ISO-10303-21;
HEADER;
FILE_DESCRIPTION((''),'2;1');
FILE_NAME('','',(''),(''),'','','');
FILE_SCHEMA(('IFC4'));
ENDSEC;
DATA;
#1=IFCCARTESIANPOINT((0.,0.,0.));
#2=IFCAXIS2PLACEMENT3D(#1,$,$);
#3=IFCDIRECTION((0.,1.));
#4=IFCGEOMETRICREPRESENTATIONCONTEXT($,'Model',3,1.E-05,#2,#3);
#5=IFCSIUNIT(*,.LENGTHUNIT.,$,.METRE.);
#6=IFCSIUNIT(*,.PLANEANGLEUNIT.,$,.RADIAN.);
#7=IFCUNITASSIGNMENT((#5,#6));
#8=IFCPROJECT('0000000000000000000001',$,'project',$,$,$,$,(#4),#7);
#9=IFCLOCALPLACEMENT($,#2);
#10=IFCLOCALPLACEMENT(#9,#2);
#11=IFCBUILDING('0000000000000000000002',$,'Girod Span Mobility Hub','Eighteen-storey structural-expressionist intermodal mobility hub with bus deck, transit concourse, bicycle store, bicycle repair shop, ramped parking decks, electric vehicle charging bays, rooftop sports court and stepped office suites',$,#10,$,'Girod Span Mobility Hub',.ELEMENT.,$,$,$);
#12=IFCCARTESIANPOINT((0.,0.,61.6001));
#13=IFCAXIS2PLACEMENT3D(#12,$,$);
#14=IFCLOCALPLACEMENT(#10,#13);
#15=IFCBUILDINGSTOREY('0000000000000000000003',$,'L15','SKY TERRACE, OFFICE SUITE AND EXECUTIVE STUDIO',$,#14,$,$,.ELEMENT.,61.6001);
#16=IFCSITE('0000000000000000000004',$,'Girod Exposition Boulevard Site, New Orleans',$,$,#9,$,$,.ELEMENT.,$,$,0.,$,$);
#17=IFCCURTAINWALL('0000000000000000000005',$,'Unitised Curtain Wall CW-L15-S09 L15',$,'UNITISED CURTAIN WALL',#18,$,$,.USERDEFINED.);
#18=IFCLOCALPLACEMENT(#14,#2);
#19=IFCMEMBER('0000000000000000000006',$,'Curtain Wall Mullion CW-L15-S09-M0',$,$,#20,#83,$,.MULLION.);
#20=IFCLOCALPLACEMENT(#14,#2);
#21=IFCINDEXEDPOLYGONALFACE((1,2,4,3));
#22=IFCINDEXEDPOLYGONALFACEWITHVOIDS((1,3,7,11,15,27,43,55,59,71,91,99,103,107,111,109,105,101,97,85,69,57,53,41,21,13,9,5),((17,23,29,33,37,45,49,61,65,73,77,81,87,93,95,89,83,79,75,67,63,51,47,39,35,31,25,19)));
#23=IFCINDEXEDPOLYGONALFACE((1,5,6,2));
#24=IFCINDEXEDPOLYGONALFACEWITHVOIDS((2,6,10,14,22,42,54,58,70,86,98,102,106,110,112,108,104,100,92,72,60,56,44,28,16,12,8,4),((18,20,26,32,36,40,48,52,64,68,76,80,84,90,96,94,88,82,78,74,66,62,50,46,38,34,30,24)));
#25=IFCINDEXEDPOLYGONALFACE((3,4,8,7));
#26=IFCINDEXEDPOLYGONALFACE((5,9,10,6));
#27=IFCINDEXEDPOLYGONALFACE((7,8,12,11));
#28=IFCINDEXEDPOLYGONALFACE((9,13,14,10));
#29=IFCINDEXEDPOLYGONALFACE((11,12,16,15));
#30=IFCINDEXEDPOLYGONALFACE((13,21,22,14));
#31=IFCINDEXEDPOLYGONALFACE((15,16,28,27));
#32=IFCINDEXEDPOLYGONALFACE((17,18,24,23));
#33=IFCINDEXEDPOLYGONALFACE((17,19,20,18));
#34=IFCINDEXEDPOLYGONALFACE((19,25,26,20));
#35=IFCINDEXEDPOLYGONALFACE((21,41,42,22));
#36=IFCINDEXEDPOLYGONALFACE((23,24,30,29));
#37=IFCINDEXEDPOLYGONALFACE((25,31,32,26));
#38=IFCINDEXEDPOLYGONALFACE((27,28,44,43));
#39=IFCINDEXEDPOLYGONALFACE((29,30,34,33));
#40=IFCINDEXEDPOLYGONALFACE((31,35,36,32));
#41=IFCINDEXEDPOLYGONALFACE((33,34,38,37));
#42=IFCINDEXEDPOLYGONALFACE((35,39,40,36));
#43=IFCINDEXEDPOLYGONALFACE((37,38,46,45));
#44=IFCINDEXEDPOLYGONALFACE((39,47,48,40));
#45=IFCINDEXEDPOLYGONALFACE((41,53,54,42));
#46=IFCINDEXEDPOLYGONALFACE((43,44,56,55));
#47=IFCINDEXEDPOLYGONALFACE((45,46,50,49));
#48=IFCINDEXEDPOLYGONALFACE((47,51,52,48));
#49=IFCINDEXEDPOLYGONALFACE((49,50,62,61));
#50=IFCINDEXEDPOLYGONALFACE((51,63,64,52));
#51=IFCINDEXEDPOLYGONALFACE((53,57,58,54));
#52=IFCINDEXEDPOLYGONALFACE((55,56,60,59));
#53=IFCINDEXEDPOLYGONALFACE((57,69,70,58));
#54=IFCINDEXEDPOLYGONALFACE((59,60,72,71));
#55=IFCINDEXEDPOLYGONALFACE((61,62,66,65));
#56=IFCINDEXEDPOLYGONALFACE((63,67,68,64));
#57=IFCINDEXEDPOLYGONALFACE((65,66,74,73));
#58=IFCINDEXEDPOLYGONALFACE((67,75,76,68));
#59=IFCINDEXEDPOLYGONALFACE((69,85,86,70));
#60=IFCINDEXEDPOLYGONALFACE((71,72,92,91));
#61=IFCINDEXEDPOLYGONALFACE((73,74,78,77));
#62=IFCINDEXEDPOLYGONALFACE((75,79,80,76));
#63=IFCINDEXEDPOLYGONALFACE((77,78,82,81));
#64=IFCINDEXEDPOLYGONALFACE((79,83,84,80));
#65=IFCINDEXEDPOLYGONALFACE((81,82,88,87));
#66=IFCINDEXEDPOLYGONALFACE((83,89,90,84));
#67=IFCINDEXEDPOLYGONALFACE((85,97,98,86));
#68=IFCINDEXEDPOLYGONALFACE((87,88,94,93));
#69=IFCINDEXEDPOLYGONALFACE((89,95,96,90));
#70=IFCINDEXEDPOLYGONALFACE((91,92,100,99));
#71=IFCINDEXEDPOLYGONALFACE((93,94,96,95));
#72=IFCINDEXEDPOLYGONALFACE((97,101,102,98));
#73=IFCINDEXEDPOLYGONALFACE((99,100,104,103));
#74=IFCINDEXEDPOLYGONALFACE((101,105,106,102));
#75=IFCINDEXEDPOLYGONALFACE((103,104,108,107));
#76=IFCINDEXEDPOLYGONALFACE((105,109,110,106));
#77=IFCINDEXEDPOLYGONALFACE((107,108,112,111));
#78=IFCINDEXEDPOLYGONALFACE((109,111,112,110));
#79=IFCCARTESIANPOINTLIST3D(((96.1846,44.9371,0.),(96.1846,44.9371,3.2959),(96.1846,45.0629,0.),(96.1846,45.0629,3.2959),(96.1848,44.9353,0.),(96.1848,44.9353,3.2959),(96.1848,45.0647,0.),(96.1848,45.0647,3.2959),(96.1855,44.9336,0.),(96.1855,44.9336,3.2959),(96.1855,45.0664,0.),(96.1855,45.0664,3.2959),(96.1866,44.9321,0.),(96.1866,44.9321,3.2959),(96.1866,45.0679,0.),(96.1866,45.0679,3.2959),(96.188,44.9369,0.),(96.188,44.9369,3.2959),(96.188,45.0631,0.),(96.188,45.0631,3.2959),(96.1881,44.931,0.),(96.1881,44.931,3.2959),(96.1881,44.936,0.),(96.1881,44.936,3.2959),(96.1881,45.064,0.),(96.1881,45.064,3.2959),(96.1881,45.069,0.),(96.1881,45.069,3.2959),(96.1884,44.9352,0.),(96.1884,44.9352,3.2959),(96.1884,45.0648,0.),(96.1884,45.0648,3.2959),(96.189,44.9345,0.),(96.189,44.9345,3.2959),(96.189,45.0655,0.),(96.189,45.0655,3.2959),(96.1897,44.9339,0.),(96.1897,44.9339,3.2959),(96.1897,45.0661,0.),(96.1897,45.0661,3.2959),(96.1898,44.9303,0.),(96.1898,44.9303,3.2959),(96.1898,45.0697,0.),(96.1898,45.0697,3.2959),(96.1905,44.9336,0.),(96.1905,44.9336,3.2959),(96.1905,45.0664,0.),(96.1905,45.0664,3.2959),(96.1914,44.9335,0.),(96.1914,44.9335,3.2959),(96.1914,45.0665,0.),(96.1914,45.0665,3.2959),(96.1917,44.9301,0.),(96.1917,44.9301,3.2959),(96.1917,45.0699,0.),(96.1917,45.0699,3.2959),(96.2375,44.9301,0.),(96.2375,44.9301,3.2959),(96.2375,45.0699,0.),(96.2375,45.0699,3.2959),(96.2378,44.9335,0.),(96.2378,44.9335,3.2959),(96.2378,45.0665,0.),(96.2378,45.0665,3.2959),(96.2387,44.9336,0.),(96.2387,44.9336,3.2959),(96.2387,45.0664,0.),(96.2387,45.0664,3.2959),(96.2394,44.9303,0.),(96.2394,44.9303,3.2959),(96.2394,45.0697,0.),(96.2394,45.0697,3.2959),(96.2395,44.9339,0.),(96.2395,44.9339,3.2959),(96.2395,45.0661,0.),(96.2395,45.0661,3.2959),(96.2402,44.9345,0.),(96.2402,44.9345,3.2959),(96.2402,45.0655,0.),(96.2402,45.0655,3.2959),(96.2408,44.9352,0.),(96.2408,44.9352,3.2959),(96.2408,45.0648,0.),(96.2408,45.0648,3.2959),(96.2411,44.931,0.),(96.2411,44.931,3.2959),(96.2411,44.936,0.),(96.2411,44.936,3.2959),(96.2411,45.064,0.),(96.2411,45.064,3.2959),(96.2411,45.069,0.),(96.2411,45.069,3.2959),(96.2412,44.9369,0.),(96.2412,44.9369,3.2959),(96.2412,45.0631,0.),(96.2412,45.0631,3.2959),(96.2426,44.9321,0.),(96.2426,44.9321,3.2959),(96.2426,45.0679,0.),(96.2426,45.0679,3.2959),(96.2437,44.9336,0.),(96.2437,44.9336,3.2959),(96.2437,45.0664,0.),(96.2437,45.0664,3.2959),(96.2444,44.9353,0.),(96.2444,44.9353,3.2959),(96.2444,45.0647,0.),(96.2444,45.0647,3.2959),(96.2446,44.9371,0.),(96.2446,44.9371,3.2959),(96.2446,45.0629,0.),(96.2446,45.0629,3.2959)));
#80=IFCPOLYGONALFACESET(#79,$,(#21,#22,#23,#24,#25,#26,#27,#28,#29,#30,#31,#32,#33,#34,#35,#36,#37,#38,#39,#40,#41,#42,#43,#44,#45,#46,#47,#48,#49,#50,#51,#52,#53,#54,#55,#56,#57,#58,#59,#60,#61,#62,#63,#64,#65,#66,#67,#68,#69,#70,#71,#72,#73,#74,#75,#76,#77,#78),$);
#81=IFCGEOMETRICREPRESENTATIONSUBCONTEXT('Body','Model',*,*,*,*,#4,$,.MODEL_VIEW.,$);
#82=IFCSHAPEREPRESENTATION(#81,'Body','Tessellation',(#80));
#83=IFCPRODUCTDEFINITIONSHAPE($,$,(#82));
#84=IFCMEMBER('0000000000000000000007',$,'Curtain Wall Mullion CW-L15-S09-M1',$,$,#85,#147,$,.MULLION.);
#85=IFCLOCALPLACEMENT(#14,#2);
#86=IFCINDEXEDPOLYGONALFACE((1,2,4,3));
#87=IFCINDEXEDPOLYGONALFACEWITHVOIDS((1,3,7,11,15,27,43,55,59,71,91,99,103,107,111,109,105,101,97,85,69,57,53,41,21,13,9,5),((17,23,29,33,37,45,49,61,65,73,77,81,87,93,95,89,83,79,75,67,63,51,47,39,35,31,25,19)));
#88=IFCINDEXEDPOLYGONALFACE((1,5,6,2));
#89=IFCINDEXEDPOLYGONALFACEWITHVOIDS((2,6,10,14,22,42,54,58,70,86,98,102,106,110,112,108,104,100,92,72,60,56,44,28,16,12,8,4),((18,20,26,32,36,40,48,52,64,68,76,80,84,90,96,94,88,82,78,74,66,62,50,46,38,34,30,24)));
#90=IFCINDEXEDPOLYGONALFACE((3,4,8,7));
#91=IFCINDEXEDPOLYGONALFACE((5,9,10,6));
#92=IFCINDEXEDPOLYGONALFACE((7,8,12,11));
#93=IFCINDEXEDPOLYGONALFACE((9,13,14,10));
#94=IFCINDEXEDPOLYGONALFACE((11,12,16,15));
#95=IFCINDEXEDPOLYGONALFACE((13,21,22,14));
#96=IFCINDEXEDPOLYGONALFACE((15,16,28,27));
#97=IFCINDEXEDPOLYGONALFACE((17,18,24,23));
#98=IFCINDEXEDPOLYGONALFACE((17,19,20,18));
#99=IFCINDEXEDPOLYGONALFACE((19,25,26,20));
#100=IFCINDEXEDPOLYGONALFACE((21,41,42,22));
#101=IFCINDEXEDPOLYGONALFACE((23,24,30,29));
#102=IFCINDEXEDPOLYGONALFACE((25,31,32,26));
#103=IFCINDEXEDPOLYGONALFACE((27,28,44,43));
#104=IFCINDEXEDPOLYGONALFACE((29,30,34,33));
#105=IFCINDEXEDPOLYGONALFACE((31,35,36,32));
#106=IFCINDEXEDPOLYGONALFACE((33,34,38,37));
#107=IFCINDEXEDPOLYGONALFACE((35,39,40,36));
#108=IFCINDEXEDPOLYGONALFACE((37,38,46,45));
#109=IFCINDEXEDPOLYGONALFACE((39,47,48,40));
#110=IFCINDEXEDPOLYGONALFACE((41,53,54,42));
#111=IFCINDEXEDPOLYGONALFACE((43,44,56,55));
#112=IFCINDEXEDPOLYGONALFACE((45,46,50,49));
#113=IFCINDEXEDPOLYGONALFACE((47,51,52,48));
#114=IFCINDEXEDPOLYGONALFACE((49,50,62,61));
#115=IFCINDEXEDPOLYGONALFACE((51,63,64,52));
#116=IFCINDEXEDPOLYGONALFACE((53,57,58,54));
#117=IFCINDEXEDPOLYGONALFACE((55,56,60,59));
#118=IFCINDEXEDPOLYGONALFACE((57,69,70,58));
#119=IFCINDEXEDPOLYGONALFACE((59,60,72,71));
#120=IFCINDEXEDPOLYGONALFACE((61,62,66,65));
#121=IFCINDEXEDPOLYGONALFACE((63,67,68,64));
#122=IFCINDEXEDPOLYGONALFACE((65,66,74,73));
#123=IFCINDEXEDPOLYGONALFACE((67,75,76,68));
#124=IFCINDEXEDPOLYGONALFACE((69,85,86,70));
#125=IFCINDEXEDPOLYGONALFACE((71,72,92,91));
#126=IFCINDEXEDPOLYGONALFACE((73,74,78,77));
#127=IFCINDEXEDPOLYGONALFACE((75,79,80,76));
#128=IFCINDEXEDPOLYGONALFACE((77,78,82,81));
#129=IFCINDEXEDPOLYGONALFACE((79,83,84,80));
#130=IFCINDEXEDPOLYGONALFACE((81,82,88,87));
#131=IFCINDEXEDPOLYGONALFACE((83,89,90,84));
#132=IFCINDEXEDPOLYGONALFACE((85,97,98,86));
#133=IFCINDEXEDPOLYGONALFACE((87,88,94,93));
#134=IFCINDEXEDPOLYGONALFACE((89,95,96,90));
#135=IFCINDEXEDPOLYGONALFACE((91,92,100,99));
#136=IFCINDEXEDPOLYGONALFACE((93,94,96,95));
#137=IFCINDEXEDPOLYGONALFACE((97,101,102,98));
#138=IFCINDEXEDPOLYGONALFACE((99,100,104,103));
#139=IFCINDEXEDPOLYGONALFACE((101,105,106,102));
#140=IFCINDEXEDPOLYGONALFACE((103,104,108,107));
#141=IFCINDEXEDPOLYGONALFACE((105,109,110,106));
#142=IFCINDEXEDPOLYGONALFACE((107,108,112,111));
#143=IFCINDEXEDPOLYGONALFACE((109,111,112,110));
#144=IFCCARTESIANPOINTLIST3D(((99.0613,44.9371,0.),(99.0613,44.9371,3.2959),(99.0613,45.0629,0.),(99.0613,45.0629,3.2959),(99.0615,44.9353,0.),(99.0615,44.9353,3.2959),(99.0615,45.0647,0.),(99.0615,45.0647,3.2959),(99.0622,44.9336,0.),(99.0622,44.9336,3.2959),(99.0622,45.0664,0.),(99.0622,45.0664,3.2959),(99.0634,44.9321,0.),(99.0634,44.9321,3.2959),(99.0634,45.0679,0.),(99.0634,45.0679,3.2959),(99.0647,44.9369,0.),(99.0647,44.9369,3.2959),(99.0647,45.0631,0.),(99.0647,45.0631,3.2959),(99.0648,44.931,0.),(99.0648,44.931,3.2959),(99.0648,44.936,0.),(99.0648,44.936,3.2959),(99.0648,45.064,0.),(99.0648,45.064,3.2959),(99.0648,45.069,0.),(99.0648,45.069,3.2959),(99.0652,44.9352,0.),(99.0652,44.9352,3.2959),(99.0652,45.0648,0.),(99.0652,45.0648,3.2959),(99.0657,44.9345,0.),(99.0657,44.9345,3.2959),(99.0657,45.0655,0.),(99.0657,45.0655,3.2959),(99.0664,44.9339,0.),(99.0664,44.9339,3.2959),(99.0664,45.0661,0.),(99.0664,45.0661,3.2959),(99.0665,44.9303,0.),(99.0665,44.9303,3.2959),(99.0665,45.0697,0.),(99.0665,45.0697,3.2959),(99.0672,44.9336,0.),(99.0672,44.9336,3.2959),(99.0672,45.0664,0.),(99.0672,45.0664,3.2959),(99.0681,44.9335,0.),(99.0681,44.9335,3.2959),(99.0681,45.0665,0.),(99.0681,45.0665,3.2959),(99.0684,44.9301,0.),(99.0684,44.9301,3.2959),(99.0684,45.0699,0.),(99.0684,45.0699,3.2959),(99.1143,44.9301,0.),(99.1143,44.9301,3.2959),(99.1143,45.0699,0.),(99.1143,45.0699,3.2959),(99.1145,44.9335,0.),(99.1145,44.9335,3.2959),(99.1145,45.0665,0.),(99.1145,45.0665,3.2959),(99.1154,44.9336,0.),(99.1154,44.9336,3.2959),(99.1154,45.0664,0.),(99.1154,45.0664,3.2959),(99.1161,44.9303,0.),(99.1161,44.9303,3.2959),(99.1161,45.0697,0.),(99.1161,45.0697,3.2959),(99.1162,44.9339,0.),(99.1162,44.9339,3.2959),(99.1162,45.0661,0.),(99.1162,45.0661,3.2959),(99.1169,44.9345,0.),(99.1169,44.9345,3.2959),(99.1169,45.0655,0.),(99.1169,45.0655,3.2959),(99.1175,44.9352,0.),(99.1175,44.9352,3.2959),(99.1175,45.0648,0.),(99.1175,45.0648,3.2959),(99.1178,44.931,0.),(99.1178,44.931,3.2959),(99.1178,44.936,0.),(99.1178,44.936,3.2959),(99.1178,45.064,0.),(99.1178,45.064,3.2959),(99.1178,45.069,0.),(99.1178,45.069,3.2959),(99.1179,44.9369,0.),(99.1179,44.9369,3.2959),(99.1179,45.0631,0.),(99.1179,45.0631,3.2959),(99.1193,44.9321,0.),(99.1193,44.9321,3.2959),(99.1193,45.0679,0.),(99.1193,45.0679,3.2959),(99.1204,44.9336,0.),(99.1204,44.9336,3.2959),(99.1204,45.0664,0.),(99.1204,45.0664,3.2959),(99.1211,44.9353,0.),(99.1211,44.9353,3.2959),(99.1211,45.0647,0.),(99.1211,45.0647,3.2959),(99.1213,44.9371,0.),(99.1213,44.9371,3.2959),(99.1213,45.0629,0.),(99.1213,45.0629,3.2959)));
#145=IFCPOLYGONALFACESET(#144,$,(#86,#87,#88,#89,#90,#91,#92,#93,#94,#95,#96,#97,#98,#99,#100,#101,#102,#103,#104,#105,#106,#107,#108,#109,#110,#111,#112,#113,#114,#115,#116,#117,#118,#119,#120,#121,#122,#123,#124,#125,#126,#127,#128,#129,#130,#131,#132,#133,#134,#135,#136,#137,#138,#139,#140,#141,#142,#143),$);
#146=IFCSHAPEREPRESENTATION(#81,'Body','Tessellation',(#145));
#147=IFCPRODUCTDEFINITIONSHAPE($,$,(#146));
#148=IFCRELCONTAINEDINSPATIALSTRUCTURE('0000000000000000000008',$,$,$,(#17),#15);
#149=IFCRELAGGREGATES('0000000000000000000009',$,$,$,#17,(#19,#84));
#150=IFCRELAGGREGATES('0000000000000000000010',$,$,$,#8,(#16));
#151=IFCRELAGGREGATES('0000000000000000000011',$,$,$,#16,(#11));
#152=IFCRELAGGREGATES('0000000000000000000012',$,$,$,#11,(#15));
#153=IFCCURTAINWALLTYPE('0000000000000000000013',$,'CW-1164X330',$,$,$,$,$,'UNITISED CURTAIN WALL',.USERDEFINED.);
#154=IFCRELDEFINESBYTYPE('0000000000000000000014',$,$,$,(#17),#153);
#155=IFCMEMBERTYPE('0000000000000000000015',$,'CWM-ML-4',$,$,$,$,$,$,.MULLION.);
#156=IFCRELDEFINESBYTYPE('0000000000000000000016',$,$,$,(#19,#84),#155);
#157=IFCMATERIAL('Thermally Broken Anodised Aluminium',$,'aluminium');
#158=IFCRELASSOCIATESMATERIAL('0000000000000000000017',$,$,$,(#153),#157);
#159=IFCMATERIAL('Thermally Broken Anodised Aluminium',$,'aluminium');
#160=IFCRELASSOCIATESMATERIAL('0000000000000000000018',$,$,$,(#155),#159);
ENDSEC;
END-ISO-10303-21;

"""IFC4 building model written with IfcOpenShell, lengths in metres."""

from ifc_helpers import new_model, si_unit, direction, frame, origin, origin_2d, place, context, subcontext, project, spatial, hollow_rectangle, extrude, material, material_profile, profile_set, type_object, element, aggregate, save


model = new_model("IFC4")

# Units and contexts
model_context = context("Model", 3, precision=1e-05, world=origin(), true_north=direction((0.0, 1.0)))
body_context = subcontext(model_context, "Body", "Model", "MODEL_VIEW")
ifc_project = project(units=[si_unit("LENGTHUNIT", "METRE"), si_unit("PLANEANGLEUNIT", "RADIAN")], contexts=[model_context])

# Site, building, storey
site_placement = place(None, origin())
site = spatial("IfcSite", under=ifc_project, at=site_placement, Name="Girod Exposition Boulevard Site, New Orleans", CompositionType="ELEMENT", RefElevation=0.0)
building_placement = place(site_placement, origin())
building = spatial("IfcBuilding", under=site, at=building_placement, Name="Girod Span Mobility Hub", Description="Eighteen-storey structural-expressionist intermodal mobility hub with bus deck, transit concourse, bicycle store, bicycle repair shop, ramped parking decks, electric vehicle charging bays, rooftop sports court and stepped office suites", LongName="Girod Span Mobility Hub", CompositionType="ELEMENT")
storey_placement = place(building_placement, frame((0.0, 0.0, 61.6001)))
storey = spatial("IfcBuildingStorey", under=building, at=storey_placement, Name="L15", Description="SKY TERRACE, OFFICE SUITE AND EXECUTIVE STUDIO", CompositionType="ELEMENT", Elevation=61.6001)

# Curtain wall, members
ifc_material_1 = material(Name="Thermally Broken Anodised Aluminium", Category="aluminium")
curtain_wall_type = type_object("IfcCurtainWallType", Name="CW-1164X330", ElementType="UNITISED CURTAIN WALL", PredefinedType="USERDEFINED", material=ifc_material_1)
curtain_wall_placement = place(storey_placement, origin())
curtain_wall = element("IfcCurtainWall", 1, at=curtain_wall_placement, inside=storey, type_object=curtain_wall_type, Name="Unitised Curtain Wall CW-L15-S09 L15", ObjectType="UNITISED CURTAIN WALL", PredefinedType="USERDEFINED")
ifc_material_2 = material(Name="Thermally Broken Anodised Aluminium", Category="aluminium")
ifc_material_profile_1 = material_profile(ifc_material_2, hollow_rectangle(XDim=0.1399, YDim=0.0601, WallThickness=0.0034, InnerFilletRadius=0.0034, OuterFilletRadius=0.0071, at=origin_2d()), Name="CW-ML-60X140")
ifc_profile_set_1 = profile_set([ifc_material_profile_1], Name="Thermally Broken Anodised Aluminium")
member_type = type_object("IfcMemberType", Name="CWM-ML-4", PredefinedType="MULLION", material=ifc_profile_set_1)
member_1_placement = place(storey_placement, frame((96.2146, 45.0, 0.0), z_axis=(0.0, 0.0, 1.0), x_axis=(0.0, 1.0, 0.0)))
member_1 = element("IfcMember", 2, at=member_1_placement, type_object=member_type, Name="Curtain Wall Mullion CW-L15-S09-M0", PredefinedType="MULLION", context=body_context, shape_type="SweptSolid", body=[
    extrude(hollow_rectangle(XDim=0.1399, YDim=0.0601, WallThickness=0.0034, InnerFilletRadius=0.0034, OuterFilletRadius=0.0071, at=origin_2d()), origin(), (0.0, 0.0, 1.0), 3.2959),
])
member_2_placement = place(storey_placement, frame((99.0913, 45.0, 0.0), z_axis=(0.0, 0.0, 1.0), x_axis=(0.0, 1.0, 0.0)))
member_2 = element("IfcMember", 3, at=member_2_placement, type_object=member_type, Name="Curtain Wall Mullion CW-L15-S09-M1", PredefinedType="MULLION", context=body_context, shape_type="SweptSolid", body=[
    extrude(hollow_rectangle(XDim=0.1399, YDim=0.0601, WallThickness=0.0034, InnerFilletRadius=0.0034, OuterFilletRadius=0.0071, at=origin_2d()), origin(), (0.0, 0.0, 1.0), 3.2959),
])
aggregate(curtain_wall, [member_1, member_2])

save(model, "model.ifc")
